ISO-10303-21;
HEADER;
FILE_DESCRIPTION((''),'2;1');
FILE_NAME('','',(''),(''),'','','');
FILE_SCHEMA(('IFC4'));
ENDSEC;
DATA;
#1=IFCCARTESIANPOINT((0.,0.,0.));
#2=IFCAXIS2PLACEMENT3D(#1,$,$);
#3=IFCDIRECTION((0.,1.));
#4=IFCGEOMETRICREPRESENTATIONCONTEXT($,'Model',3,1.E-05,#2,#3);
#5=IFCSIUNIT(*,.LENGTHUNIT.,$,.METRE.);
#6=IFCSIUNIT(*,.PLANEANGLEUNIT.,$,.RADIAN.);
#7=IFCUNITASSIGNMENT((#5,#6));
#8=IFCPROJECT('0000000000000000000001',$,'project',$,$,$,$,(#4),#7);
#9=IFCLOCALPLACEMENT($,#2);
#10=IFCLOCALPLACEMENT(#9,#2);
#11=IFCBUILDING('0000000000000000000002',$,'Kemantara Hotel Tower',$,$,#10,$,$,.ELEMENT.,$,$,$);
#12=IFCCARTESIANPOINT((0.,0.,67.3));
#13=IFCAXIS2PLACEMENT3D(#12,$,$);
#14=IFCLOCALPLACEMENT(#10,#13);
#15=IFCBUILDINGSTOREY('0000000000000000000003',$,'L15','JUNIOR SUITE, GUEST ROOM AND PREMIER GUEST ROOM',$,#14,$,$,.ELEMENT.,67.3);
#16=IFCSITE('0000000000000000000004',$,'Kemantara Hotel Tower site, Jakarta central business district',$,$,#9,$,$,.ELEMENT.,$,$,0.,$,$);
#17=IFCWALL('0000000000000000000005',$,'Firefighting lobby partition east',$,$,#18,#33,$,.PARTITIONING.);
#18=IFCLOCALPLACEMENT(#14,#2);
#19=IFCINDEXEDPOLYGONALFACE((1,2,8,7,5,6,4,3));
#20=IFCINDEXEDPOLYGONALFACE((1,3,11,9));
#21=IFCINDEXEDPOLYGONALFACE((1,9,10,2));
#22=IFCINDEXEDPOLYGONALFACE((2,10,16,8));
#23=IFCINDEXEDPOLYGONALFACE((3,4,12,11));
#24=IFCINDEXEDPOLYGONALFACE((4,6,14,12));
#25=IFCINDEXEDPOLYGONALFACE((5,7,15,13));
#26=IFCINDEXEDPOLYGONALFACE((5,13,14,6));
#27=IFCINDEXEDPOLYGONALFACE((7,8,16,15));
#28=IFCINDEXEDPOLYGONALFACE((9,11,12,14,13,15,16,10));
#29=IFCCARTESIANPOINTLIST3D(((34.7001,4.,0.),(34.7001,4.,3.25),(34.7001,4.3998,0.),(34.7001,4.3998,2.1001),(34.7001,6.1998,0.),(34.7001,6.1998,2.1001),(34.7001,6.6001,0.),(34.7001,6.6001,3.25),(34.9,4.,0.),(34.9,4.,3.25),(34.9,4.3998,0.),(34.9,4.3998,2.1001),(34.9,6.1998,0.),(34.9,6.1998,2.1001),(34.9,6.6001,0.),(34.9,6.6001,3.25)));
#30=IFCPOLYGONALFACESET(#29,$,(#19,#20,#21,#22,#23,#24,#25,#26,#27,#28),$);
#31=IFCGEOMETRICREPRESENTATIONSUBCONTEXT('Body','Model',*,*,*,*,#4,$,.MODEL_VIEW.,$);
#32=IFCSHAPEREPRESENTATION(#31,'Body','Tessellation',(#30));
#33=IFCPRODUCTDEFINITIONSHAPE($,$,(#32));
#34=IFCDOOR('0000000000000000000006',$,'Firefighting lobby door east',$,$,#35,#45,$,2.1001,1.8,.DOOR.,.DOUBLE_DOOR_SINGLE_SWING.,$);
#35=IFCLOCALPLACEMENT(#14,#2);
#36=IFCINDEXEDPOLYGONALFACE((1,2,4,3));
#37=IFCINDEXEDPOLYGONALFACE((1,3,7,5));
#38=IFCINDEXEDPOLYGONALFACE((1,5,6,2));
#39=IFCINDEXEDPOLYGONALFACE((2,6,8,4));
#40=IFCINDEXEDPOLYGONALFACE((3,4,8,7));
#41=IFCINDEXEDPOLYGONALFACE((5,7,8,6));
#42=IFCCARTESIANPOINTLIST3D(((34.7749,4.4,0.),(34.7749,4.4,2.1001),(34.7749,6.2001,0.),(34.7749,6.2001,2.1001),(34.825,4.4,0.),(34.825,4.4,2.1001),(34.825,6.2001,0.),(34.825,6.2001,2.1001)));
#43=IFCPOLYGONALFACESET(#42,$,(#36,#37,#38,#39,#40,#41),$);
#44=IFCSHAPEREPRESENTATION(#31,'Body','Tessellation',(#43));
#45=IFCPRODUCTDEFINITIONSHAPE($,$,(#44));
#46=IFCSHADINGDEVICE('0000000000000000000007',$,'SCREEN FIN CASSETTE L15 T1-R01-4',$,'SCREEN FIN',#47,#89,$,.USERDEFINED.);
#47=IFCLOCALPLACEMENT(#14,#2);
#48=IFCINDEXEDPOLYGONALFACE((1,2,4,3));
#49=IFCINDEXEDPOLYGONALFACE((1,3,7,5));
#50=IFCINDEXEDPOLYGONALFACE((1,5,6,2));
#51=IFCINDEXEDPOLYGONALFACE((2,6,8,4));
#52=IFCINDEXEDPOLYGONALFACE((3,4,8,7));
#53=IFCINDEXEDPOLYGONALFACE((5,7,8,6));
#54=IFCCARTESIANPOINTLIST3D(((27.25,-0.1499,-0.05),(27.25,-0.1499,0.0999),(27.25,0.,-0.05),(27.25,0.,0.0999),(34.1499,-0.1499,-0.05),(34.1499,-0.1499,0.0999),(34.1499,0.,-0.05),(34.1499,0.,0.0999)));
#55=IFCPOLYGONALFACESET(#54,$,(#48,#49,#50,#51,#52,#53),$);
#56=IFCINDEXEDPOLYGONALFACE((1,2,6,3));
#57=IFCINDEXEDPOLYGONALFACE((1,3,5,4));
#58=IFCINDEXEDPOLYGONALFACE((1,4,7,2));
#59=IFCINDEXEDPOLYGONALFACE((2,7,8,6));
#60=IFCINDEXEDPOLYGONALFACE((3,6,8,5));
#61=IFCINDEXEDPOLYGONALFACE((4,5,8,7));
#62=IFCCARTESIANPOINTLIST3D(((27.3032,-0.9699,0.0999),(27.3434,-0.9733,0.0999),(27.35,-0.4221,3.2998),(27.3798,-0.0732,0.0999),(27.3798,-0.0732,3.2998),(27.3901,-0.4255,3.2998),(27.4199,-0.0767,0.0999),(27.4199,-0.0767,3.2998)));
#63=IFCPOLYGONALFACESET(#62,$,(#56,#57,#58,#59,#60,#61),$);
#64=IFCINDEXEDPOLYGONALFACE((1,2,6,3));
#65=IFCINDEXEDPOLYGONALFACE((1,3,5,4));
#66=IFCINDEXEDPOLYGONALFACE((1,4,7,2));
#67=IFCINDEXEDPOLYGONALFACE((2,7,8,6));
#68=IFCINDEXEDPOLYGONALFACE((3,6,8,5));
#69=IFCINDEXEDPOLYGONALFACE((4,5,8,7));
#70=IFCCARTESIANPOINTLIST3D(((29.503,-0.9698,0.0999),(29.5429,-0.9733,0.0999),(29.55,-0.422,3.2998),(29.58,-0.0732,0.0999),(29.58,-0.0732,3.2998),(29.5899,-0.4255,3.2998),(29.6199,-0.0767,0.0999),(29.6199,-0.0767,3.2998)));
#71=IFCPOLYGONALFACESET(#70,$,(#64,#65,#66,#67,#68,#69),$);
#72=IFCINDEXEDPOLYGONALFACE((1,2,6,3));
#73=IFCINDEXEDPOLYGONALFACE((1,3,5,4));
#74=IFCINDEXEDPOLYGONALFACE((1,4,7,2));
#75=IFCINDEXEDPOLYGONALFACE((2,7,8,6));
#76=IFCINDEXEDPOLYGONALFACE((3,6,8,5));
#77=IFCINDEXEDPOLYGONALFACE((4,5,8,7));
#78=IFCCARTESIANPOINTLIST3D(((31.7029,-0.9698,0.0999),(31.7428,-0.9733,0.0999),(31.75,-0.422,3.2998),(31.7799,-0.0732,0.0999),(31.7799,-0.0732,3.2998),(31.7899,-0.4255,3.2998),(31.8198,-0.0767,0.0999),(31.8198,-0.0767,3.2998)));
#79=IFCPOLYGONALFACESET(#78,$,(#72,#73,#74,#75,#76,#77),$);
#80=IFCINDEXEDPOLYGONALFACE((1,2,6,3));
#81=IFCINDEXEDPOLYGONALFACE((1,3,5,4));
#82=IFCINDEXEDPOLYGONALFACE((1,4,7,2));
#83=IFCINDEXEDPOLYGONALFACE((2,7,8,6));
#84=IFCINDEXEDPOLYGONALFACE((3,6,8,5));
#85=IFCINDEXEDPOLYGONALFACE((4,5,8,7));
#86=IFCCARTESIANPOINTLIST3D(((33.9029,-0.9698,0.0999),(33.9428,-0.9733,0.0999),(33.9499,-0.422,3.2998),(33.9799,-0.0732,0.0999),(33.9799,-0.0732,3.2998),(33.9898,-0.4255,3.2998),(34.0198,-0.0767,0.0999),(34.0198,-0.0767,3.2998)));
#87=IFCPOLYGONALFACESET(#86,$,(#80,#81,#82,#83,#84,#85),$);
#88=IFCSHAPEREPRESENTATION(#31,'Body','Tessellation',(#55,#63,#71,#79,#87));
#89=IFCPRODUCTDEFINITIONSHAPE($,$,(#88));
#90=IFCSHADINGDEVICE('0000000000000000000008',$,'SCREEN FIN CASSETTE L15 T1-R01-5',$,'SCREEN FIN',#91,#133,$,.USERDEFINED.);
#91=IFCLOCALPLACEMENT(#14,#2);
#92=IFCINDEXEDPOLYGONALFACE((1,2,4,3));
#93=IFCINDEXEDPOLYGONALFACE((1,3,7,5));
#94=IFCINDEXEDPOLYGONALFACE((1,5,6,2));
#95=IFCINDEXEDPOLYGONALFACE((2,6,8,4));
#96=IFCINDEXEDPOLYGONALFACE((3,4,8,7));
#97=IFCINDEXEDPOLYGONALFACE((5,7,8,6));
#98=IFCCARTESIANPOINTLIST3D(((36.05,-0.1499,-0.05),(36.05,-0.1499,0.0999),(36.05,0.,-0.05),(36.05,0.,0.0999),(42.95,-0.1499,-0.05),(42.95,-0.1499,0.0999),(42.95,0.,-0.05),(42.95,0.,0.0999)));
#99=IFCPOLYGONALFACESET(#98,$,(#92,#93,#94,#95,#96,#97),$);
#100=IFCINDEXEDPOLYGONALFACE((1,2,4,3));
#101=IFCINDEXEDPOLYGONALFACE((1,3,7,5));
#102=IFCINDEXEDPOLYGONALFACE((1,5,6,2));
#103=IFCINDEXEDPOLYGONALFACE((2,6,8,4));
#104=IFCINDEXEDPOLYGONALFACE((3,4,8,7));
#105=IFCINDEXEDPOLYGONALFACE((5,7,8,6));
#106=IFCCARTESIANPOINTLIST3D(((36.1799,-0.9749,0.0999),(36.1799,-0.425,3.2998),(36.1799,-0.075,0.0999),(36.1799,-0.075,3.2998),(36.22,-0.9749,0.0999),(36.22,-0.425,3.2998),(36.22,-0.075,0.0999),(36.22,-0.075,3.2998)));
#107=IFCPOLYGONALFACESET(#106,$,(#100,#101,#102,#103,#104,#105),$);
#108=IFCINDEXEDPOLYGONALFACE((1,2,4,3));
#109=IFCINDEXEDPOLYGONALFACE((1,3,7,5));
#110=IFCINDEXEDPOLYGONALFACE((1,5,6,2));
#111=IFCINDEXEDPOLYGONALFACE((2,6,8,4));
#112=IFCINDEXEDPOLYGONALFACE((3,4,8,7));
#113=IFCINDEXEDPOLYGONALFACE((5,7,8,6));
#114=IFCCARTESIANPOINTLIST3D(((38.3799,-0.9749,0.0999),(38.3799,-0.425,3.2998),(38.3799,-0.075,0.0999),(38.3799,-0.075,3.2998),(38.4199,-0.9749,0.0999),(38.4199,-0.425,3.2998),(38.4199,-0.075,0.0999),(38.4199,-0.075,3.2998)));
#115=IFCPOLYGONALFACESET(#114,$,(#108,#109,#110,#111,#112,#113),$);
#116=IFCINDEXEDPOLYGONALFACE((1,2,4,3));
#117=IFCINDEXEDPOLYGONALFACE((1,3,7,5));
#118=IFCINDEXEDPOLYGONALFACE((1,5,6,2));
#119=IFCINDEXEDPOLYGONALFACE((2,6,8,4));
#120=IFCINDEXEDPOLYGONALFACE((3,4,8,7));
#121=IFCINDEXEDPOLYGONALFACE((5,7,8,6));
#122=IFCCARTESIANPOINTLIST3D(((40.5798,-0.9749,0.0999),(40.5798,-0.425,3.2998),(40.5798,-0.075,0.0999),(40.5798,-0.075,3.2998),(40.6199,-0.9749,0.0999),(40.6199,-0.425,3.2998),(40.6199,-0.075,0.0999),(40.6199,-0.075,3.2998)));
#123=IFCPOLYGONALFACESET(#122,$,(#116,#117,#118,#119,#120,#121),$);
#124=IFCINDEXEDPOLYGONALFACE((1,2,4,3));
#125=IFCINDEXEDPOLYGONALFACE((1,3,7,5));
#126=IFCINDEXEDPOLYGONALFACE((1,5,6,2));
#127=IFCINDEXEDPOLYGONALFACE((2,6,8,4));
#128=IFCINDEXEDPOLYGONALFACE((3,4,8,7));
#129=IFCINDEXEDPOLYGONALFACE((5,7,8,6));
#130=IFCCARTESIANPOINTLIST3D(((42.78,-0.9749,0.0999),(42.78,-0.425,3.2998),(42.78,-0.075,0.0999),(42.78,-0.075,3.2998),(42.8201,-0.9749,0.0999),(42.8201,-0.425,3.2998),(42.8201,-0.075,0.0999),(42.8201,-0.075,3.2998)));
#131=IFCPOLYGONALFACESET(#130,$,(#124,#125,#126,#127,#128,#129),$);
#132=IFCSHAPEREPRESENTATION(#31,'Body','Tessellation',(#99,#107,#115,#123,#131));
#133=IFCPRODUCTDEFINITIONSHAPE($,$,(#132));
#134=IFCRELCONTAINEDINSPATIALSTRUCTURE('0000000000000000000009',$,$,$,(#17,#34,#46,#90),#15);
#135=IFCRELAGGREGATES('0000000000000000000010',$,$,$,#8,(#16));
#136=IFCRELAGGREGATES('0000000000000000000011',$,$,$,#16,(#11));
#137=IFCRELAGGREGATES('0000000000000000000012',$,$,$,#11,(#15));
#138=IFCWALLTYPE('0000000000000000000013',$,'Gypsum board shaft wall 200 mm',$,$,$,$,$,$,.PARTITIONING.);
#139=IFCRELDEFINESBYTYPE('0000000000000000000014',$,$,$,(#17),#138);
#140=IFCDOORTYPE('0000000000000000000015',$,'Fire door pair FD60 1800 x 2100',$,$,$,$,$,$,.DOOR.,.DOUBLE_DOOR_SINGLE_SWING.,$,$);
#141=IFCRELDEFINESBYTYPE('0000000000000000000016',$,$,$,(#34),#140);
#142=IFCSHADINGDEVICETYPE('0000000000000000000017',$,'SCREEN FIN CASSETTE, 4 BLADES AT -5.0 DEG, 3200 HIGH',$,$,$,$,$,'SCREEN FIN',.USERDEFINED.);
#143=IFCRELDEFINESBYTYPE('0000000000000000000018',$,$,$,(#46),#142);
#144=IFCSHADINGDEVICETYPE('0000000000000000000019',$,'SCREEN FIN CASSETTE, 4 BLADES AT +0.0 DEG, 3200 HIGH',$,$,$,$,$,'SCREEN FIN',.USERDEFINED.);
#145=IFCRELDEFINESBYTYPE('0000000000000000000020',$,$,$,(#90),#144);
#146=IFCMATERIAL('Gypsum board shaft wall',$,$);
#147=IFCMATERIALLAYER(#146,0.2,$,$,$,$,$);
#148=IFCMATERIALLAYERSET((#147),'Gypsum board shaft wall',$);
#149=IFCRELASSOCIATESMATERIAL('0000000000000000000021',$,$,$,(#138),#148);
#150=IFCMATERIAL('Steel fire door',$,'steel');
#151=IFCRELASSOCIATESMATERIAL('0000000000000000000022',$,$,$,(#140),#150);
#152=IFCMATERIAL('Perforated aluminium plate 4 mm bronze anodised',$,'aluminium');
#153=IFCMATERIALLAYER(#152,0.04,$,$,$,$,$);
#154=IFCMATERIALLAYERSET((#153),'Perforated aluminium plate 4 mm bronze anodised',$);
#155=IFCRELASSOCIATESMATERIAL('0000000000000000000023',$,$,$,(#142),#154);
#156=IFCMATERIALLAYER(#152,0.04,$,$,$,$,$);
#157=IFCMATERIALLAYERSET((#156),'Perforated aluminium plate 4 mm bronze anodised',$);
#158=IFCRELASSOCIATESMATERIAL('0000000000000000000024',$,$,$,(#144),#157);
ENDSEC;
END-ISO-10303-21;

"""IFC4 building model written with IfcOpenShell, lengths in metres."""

from ifc_helpers import new_model, si_unit, direction, frame, frame_2d, origin, origin_2d, place, context, subcontext, project, spatial, polyline, rectangle, outline, extrude, source, transform, mapped, material, layer, layer_set, type_object, element, fill, save


model = new_model("IFC4")

# Units and contexts
model_context = context("Model", 3, precision=1e-05, world=origin(), true_north=direction((0.0, 1.0)))
body_context = subcontext(model_context, "Body", "Model", "MODEL_VIEW")
ifc_project = project(units=[si_unit("LENGTHUNIT", "METRE"), si_unit("PLANEANGLEUNIT", "RADIAN")], contexts=[model_context])

# Site, building, storey
site_placement = place(None, origin())
site = spatial("IfcSite", under=ifc_project, at=site_placement, Name="Kemantara Hotel Tower site, Jakarta central business district", CompositionType="ELEMENT", RefElevation=0.0)
building_placement = place(site_placement, origin())
building = spatial("IfcBuilding", under=site, at=building_placement, Name="Kemantara Hotel Tower", CompositionType="ELEMENT")
storey_placement = place(building_placement, frame((0.0, 0.0, 67.3)))
storey = spatial("IfcBuildingStorey", under=building, at=storey_placement, Name="L15", Description="JUNIOR SUITE, GUEST ROOM AND PREMIER GUEST ROOM", CompositionType="ELEMENT", Elevation=67.3)

# Wall, opening, door
ifc_material_1 = material(Name="Steel fire door", Category="steel")
ifc_material_2 = material(Name="Gypsum board shaft wall")
ifc_layer_1 = layer(ifc_material_2, 0.2)
ifc_layer_set_1 = layer_set([ifc_layer_1], Name="Gypsum board shaft wall")
wall_type_1 = type_object("IfcWallType", Name="Gypsum board shaft wall 200 mm", PredefinedType="PARTITIONING", material=ifc_layer_set_1)
wall_1_placement = place(storey_placement, frame((34.8, 4.0, 0.0), z_axis=(0.0, 0.0, 1.0), x_axis=(0.0, 1.0, 0.0)))
wall_1 = element("IfcWall", 1, at=wall_1_placement, inside=storey, type_object=wall_type_1, Name="Firefighting lobby partition east", PredefinedType="PARTITIONING", context=body_context, shape_type="SweptSolid", body=[
    extrude(rectangle(XDim=2.6001, YDim=0.2, at=frame_2d((1.3, 0.0))), origin(), (0.0, 0.0, 1.0), 3.25),
])
opening_1_placement = place(wall_1_placement, frame((0.3999, 0.0, 0.0)))
opening_1 = element("IfcOpeningElement", 2, at=opening_1_placement, cuts=wall_1, PredefinedType="OPENING", context=body_context, shape_type="SweptSolid", body=[
    extrude(rectangle(XDim=1.8, YDim=2.1001, at=frame_2d((0.8999, 1.05))), frame((0.0, 0.1099, 0.0), z_axis=(0.0, -1.0, 0.0), x_axis=(1.0, 0.0, 0.0)), (0.0, 0.0, 1.0), 0.22),
])
door_type_1 = type_object("IfcDoorType", Name="Fire door pair FD60 1800 x 2100", OperationType="DOUBLE_DOOR_SINGLE_SWING", PredefinedType="DOOR", material=ifc_material_1)
door_1_placement = place(opening_1_placement, frame((1.8, 0.0, 0.0), z_axis=(0.0, 0.0, 1.0), x_axis=(-1.0, 0.0, 0.0)))
door_1 = element("IfcDoor", 3, at=door_1_placement, inside=storey, type_object=door_type_1, Name="Firefighting lobby door east", OperationType="DOUBLE_DOOR_SINGLE_SWING", OverallHeight=2.1001, OverallWidth=1.8, PredefinedType="DOOR", context=body_context, shape_type="SweptSolid", body=[
    extrude(rectangle(XDim=1.8, YDim=2.1001, at=frame_2d((0.8999, 1.05))), frame((0.0, 0.0249, 0.0), z_axis=(0.0, -1.0, 0.0), x_axis=(1.0, 0.0, 0.0)), (0.0, 0.0, 1.0), 0.05),
])
fill(opening_1, door_1)

# Shading devices
ifc_material_3 = material(Name="Perforated aluminium plate 4 mm bronze anodised", Category="aluminium")
ifc_layer_2 = layer(ifc_material_3, 0.04)
ifc_layer_set_2 = layer_set([ifc_layer_2], Name="Perforated aluminium plate 4 mm bronze anodised")
shading_device_type_1 = type_object("IfcShadingDeviceType", Name="SCREEN FIN CASSETTE, 4 BLADES AT -5.0 DEG, 3200 HIGH", ElementType="SCREEN FIN", PredefinedType="USERDEFINED", material=ifc_layer_set_2)
shared_shape_1 = source(origin(), body_context, "Body", "SweptSolid", [
    extrude(rectangle(XDim=6.8999, YDim=0.1499, at=origin_2d()), frame((3.3, -0.075, -0.1499), z_axis=(0.0, 0.0, 1.0), x_axis=(1.0, 0.0, 0.0)), (0.0, 0.0, 1.0), 0.1499),
    extrude(outline(polyline([(0.0, 0.0), (0.8999, 0.0), (0.3501, 3.2), (0.0, 3.2), (0.0, 0.0)])), frame((0.02, -0.0767, 0.0), z_axis=(-0.996376, 0.085056, 0.0), x_axis=(-0.085056, -0.996376, 0.0)), (0.0, 0.0, 1.0), 0.0403),
    extrude(outline(polyline([(0.0, 0.0), (0.8999, 0.0), (0.3501, 3.2), (0.0, 3.2), (0.0, 0.0)])), frame((2.22, -0.0767, 0.0), z_axis=(-0.996332, 0.085575, 0.0), x_axis=(-0.085575, -0.996332, 0.0)), (0.0, 0.0, 1.0), 0.04),
    extrude(outline(polyline([(0.0, 0.0), (0.8999, 0.0), (0.3501, 3.2), (0.0, 3.2), (0.0, 0.0)])), frame((4.4199, -0.0767, 0.0), z_axis=(-0.996332, 0.085575, 0.0), x_axis=(-0.085575, -0.996332, 0.0)), (0.0, 0.0, 1.0), 0.04),
    extrude(outline(polyline([(0.0, 0.0), (0.8999, 0.0), (0.3501, 3.2), (0.0, 3.2), (0.0, 0.0)])), frame((6.6199, -0.0767, 0.0), z_axis=(-0.996332, 0.085575, 0.0), x_axis=(-0.085575, -0.996332, 0.0)), (0.0, 0.0, 1.0), 0.04),
])
shading_device_1_placement = place(storey_placement, frame((27.3999, 0.0, 0.0999), z_axis=(0.0, 0.0, 1.0), x_axis=(1.0, 0.0, 0.0)))
element("IfcShadingDevice", 4, at=shading_device_1_placement, inside=storey, type_object=shading_device_type_1, Name="SCREEN FIN CASSETTE L15 T1-R01-4", ObjectType="SCREEN FIN", PredefinedType="USERDEFINED", context=body_context, shape_type="MappedRepresentation", body=[
    mapped(shared_shape_1, transform((0.0, 0.0, 0.0))),
])
ifc_layer_3 = layer(ifc_material_3, 0.04)
ifc_layer_set_3 = layer_set([ifc_layer_3], Name="Perforated aluminium plate 4 mm bronze anodised")
shading_device_type_2 = type_object("IfcShadingDeviceType", Name="SCREEN FIN CASSETTE, 4 BLADES AT +0.0 DEG, 3200 HIGH", ElementType="SCREEN FIN", PredefinedType="USERDEFINED", material=ifc_layer_set_3)
shared_shape_2 = source(origin(), body_context, "Body", "SweptSolid", [
    extrude(rectangle(XDim=6.8999, YDim=0.1499, at=origin_2d()), frame((3.3, -0.075, -0.1499), z_axis=(0.0, 0.0, 1.0), x_axis=(1.0, 0.0, 0.0)), (0.0, 0.0, 1.0), 0.1499),
    extrude(outline(polyline([(0.0, 0.0), (0.8999, 0.0), (0.3501, 3.2), (0.0, 3.2), (0.0, 0.0)])), frame((0.02, -0.075, 0.0), z_axis=(-1.0, 0.0, 0.0), x_axis=(0.0, -1.0, 0.0)), (0.0, 0.0, 1.0), 0.04),
    extrude(outline(polyline([(0.0, 0.0), (0.8999, 0.0), (0.3501, 3.2), (0.0, 3.2), (0.0, 0.0)])), frame((2.22, -0.075, 0.0), z_axis=(-1.0, 0.0, 0.0), x_axis=(0.0, -1.0, 0.0)), (0.0, 0.0, 1.0), 0.04),
    extrude(outline(polyline([(0.0, 0.0), (0.8999, 0.0), (0.3501, 3.2), (0.0, 3.2), (0.0, 0.0)])), frame((4.4199, -0.075, 0.0), z_axis=(-1.0, 0.0, 0.0), x_axis=(0.0, -1.0, 0.0)), (0.0, 0.0, 1.0), 0.04),
    extrude(outline(polyline([(0.0, 0.0), (0.8999, 0.0), (0.3501, 3.2), (0.0, 3.2), (0.0, 0.0)])), frame((6.6201, -0.075, 0.0), z_axis=(-1.0, 0.0, 0.0), x_axis=(0.0, -1.0, 0.0)), (0.0, 0.0, 1.0), 0.04),
])
shading_device_2_placement = place(storey_placement, frame((36.2, 0.0, 0.0999), z_axis=(0.0, 0.0, 1.0), x_axis=(1.0, 0.0, 0.0)))
element("IfcShadingDevice", 5, at=shading_device_2_placement, inside=storey, type_object=shading_device_type_2, Name="SCREEN FIN CASSETTE L15 T1-R01-5", ObjectType="SCREEN FIN", PredefinedType="USERDEFINED", context=body_context, shape_type="MappedRepresentation", body=[
    mapped(shared_shape_2, transform((0.0, 0.0, 0.0))),
])

save(model, "model.ifc")
